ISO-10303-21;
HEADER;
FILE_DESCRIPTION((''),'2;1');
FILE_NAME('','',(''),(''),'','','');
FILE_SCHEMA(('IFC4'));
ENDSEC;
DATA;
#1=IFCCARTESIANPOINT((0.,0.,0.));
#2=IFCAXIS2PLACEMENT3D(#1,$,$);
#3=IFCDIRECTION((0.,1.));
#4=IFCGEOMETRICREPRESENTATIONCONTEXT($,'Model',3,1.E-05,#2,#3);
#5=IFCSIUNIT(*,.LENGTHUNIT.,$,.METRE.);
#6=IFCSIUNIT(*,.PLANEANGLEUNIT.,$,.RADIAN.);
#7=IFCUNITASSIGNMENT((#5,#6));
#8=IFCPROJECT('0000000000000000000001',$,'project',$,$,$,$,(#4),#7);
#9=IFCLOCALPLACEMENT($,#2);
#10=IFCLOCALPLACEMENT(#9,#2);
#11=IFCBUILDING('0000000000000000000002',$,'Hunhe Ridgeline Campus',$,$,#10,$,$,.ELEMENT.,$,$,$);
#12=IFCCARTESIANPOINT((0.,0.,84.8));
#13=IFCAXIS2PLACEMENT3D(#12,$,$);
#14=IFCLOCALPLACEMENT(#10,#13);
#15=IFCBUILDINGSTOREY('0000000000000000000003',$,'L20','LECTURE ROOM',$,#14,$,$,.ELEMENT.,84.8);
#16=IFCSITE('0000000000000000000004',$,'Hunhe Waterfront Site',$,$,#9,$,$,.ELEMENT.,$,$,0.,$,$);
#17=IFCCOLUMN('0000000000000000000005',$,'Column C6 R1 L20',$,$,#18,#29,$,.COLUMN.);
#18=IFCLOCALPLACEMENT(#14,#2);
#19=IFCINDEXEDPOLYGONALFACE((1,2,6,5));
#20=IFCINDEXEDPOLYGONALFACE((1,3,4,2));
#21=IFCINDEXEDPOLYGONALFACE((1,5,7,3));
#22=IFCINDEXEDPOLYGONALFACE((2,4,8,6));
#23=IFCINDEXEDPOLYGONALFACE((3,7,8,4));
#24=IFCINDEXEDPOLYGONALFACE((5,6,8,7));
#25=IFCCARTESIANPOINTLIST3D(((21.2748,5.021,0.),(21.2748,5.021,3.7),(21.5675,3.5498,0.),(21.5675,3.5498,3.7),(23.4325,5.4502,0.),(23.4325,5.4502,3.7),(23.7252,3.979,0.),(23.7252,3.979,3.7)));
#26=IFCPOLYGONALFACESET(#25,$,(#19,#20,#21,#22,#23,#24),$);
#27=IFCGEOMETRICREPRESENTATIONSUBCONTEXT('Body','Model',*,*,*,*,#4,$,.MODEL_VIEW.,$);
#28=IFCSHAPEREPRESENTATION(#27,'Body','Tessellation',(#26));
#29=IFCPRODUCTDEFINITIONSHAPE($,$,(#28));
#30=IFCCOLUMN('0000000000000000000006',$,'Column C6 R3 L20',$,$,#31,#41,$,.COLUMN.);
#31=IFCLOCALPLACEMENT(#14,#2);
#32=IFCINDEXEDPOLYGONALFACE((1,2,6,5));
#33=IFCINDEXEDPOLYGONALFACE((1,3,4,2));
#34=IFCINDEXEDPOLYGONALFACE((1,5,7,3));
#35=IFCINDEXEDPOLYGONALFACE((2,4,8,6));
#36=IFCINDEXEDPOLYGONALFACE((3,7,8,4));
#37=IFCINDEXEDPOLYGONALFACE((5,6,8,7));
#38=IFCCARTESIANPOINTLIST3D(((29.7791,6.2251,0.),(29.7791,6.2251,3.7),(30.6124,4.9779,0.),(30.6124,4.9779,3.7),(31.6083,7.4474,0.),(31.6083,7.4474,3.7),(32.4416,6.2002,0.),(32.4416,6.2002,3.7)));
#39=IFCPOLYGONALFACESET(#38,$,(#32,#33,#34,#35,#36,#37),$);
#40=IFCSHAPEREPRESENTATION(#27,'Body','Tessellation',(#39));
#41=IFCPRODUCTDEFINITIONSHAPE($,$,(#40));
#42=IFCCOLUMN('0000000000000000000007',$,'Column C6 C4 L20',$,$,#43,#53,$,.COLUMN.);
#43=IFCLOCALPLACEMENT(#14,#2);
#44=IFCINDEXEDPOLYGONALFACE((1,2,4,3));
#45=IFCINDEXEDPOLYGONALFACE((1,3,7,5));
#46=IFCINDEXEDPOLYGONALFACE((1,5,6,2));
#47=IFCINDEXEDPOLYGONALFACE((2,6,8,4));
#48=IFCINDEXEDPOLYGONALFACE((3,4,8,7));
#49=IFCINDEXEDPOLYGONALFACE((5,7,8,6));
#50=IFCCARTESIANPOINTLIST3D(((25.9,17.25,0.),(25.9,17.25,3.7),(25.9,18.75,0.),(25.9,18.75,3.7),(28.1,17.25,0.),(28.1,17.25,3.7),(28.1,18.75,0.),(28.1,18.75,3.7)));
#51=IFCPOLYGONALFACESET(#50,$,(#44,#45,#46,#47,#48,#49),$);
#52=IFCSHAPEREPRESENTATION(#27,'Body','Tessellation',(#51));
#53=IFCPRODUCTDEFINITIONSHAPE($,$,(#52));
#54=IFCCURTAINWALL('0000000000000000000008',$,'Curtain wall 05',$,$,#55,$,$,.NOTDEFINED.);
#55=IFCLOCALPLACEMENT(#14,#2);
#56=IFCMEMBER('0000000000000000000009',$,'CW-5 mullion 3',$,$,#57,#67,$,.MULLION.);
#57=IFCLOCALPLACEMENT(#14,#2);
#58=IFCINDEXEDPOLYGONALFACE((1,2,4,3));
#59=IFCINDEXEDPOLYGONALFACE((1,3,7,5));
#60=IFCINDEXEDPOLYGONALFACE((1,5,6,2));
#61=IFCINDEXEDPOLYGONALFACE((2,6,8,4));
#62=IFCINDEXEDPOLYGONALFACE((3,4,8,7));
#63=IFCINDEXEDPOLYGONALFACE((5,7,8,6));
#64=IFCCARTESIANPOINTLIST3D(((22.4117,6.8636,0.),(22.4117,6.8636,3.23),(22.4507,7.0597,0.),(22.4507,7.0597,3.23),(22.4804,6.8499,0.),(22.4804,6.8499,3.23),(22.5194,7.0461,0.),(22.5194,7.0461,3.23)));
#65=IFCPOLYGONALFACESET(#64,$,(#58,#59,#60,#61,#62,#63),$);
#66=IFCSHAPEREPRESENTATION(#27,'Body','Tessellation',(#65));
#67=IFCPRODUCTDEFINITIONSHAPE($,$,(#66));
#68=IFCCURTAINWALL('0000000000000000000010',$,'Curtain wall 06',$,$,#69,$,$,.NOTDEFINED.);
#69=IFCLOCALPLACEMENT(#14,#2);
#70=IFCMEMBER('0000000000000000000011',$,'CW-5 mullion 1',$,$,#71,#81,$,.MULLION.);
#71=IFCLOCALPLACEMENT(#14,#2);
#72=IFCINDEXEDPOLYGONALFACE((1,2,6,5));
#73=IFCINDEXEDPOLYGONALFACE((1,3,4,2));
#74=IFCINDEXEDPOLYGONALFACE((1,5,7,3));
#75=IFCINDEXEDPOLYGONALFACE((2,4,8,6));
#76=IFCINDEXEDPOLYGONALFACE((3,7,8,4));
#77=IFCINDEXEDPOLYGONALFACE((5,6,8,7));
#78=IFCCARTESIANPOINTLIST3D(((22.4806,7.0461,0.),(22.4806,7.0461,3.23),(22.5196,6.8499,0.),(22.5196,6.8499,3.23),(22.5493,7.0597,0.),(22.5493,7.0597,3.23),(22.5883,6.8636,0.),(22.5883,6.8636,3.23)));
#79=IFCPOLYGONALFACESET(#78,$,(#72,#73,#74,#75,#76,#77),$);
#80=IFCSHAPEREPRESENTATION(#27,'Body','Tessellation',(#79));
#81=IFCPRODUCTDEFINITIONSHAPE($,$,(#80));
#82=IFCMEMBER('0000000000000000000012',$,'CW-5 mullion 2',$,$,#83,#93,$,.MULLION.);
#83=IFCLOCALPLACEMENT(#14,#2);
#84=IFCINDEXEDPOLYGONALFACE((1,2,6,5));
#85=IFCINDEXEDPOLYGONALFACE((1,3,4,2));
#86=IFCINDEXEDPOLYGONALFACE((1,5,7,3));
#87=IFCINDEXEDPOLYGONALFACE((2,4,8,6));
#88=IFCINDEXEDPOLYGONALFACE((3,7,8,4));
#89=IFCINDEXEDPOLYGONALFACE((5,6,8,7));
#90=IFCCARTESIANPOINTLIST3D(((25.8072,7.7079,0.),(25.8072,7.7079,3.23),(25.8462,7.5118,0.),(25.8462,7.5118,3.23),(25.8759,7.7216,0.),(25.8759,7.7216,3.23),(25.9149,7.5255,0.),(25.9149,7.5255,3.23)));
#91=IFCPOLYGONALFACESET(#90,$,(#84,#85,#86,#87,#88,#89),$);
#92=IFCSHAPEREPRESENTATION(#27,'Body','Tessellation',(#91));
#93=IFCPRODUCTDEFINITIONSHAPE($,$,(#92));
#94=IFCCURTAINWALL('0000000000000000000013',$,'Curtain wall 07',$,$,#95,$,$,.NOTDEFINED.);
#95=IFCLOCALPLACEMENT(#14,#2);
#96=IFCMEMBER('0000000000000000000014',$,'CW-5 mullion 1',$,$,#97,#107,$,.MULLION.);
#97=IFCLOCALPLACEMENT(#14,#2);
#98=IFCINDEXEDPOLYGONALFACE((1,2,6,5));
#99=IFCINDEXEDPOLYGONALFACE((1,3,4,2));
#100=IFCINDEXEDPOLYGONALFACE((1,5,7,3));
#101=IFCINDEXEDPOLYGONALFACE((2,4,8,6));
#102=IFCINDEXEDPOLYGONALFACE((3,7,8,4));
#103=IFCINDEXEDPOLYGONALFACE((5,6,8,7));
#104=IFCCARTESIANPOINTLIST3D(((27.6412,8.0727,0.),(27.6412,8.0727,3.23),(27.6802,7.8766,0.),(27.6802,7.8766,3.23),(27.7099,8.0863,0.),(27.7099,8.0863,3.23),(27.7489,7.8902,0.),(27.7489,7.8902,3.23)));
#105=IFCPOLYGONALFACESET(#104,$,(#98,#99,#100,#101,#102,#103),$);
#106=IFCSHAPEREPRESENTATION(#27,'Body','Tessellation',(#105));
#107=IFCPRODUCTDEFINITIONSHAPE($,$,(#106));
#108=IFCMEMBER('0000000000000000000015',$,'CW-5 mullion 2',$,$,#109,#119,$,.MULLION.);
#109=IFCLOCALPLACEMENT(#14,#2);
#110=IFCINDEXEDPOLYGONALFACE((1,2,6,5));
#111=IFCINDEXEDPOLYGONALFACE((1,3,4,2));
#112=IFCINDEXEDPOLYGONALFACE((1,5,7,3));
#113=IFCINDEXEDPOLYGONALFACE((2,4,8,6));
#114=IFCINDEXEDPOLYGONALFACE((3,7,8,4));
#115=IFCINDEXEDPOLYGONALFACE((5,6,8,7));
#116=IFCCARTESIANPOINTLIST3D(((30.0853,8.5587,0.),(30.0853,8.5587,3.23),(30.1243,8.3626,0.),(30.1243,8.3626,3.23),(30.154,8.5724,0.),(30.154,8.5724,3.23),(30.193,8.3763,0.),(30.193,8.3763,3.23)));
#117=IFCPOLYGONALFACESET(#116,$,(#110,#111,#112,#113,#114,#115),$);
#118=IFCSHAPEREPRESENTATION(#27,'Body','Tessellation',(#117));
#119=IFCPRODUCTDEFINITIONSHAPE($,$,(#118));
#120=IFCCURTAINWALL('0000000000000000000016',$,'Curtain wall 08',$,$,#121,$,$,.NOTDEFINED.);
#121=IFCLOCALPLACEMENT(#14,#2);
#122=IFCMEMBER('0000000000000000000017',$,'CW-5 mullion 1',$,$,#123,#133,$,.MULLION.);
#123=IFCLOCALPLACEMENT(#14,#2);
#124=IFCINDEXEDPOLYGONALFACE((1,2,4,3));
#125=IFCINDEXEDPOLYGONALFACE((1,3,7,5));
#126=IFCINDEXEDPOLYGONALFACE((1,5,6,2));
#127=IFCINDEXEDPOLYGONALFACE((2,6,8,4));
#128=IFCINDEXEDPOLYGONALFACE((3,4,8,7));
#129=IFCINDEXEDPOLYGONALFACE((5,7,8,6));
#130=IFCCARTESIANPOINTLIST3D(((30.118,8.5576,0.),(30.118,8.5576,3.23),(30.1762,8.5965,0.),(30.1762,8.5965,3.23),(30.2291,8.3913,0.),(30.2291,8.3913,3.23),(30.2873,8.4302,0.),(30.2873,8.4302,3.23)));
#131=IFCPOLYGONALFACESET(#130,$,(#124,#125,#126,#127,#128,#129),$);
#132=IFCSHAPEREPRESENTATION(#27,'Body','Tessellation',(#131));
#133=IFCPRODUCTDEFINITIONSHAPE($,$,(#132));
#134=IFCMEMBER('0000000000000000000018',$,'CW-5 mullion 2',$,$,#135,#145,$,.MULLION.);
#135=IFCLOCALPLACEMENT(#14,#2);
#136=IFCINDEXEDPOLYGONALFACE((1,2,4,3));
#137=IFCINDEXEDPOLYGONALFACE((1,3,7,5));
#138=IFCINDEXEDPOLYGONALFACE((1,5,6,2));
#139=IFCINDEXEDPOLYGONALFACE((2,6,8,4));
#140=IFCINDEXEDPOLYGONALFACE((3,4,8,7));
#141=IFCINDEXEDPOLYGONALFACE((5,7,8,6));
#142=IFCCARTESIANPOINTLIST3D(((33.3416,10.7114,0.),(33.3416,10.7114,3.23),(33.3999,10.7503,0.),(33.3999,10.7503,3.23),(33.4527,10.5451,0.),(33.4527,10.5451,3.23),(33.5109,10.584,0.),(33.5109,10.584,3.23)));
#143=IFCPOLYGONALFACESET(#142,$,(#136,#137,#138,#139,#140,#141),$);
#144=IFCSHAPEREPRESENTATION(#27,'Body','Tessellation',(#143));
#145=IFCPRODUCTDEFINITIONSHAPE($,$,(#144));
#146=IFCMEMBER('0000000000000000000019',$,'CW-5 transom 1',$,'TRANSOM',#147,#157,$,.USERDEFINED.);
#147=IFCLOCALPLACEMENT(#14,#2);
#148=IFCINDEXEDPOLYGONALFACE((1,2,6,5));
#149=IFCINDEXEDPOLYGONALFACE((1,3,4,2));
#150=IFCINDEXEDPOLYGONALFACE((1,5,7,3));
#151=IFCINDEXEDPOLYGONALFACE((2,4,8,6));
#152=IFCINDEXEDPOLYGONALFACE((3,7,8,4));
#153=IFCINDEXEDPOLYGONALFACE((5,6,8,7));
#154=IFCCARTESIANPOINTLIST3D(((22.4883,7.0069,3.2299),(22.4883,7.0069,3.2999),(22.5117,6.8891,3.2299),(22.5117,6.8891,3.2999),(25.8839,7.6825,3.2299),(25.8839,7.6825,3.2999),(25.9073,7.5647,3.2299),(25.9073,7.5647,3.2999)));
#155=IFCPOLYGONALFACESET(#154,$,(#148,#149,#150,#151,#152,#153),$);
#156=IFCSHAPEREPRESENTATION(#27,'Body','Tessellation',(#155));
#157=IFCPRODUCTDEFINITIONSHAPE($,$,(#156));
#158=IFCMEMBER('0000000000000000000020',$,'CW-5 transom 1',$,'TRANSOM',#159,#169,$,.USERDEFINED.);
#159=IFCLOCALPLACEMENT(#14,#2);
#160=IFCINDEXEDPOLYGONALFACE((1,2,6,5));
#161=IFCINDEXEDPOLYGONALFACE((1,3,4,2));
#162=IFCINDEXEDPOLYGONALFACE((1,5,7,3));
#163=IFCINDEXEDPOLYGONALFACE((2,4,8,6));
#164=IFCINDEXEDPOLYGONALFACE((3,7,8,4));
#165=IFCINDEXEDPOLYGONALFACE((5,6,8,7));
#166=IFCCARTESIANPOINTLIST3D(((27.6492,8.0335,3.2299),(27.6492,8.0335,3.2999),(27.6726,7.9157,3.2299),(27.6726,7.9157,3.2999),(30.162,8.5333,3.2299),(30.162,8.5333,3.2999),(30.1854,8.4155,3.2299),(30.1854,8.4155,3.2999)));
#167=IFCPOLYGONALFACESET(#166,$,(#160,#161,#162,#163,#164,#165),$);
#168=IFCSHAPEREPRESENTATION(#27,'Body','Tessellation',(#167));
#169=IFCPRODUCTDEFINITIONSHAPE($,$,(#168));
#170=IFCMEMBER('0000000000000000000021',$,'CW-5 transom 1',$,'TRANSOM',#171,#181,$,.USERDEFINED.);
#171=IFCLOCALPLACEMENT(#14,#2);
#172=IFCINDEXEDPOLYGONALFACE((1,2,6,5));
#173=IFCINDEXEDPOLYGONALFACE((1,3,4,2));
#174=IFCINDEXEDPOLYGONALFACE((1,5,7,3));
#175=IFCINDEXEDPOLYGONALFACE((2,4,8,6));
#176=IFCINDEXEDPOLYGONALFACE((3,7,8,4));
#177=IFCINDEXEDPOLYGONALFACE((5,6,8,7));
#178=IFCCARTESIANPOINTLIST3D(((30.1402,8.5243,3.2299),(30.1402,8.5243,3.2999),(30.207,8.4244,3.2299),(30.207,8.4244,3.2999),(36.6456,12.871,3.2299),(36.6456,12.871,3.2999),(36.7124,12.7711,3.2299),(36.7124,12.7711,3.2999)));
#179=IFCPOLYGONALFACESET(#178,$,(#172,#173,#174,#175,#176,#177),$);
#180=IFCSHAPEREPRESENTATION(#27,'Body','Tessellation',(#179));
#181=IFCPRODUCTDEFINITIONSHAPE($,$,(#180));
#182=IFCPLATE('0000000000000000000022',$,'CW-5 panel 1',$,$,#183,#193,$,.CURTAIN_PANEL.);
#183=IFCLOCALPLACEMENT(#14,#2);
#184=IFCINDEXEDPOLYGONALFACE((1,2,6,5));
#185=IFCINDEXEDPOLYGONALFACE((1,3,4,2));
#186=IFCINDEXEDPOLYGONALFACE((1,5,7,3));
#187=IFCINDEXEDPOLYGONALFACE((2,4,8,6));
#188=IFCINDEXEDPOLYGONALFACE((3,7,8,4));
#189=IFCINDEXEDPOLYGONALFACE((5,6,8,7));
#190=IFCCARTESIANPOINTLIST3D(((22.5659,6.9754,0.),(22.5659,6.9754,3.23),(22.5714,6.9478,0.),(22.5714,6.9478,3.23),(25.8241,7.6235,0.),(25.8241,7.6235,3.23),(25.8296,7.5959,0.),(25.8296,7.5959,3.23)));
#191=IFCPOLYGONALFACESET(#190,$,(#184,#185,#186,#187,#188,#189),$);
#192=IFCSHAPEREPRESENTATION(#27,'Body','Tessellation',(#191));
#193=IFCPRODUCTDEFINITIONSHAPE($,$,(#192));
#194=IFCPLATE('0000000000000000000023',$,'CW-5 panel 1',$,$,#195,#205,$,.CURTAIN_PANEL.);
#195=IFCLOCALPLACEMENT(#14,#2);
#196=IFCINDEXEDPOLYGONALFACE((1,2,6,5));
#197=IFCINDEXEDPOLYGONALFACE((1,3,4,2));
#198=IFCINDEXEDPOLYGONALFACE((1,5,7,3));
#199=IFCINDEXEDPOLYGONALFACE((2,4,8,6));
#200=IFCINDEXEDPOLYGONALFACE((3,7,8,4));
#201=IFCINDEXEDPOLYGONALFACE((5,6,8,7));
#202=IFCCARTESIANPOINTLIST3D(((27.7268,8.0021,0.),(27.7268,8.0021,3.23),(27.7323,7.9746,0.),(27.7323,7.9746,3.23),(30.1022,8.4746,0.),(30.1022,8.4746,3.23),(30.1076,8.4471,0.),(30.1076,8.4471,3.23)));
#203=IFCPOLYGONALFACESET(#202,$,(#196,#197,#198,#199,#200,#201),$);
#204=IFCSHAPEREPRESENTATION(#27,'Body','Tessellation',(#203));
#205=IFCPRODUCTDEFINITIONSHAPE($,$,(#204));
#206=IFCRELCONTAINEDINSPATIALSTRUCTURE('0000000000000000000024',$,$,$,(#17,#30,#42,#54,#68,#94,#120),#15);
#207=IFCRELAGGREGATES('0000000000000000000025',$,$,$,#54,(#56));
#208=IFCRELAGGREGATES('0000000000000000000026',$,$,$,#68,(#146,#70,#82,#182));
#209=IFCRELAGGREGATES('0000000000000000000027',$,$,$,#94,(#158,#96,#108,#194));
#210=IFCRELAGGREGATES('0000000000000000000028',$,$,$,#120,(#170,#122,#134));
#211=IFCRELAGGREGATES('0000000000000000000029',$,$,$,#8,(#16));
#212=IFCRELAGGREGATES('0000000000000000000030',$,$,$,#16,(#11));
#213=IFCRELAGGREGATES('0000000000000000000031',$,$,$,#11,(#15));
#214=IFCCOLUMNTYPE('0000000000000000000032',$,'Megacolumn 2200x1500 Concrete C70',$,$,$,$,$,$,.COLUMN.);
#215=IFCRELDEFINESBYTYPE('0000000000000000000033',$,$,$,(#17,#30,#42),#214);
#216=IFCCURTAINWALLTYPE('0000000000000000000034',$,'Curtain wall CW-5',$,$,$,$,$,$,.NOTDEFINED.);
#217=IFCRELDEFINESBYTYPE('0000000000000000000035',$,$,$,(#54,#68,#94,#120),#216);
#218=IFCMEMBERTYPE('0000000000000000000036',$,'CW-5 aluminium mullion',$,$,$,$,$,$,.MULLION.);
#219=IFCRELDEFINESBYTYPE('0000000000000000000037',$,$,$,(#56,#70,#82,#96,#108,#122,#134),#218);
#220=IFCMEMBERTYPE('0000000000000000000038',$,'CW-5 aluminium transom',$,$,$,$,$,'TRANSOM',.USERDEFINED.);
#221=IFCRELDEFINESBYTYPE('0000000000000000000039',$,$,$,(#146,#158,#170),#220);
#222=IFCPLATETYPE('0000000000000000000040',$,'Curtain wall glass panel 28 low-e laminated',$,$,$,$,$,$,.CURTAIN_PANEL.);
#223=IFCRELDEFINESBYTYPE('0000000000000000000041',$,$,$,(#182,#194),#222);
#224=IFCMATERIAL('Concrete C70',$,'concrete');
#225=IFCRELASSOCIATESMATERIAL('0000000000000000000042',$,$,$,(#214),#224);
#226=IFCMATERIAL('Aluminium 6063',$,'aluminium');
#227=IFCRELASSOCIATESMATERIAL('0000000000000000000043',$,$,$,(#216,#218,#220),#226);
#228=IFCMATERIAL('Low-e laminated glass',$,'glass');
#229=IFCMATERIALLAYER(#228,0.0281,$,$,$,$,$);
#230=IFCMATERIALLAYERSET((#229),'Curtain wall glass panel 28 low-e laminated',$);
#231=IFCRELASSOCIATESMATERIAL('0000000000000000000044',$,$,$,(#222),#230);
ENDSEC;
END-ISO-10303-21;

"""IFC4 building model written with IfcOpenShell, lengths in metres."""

from ifc_helpers import new_model, si_unit, direction, frame, origin, origin_2d, place, context, subcontext, project, spatial, rectangle, extrude, material, layer, layer_set, material_profile, profile_set, type_object, element, aggregate, save


model = new_model("IFC4")

# Units and contexts
model_context = context("Model", 3, precision=1e-05, world=origin(), true_north=direction((0.0, 1.0)))
body_context = subcontext(model_context, "Body", "Model", "MODEL_VIEW")
ifc_project = project(units=[si_unit("LENGTHUNIT", "METRE"), si_unit("PLANEANGLEUNIT", "RADIAN")], contexts=[model_context])

# Site, building, storey
site_placement = place(None, origin())
site = spatial("IfcSite", under=ifc_project, at=site_placement, Name="Hunhe Waterfront Site", CompositionType="ELEMENT", RefElevation=0.0)
building_placement = place(site_placement, origin())
building = spatial("IfcBuilding", under=site, at=building_placement, Name="Hunhe Ridgeline Campus", CompositionType="ELEMENT")
storey_placement = place(building_placement, frame((0.0, 0.0, 84.8)))
storey = spatial("IfcBuildingStorey", under=building, at=storey_placement, Name="L20", Description="LECTURE ROOM", CompositionType="ELEMENT", Elevation=84.8)

# Columns
ifc_material_1 = material(Name="Concrete C70", Category="concrete")
ifc_material_profile_1 = material_profile(ifc_material_1, rectangle(XDim=2.2, YDim=1.5, at=origin_2d()))
ifc_profile_set_1 = profile_set([ifc_material_profile_1], Name="Concrete C70")
column_type = type_object("IfcColumnType", Name="Megacolumn 2200x1500 Concrete C70", PredefinedType="COLUMN", material=ifc_profile_set_1)
for number, where, z_axis, x_axis, name in (
    (1, (22.5, 4.5, 0.0), (0.0, 0.0, 1.0), (0.980785, 0.19509, 0.0), "Column C6 R1 L20"),
    (2, (31.1104, 6.2126, 0.0), (0.0, 0.0, 1.0), (0.83147, 0.55557, 0.0), "Column C6 R3 L20"),
    (3, (27.0, 18.0, 0.0), (0.0, 0.0, 1.0), (1.0, 0.0, 0.0), "Column C6 C4 L20"),
):
    element("IfcColumn", number, at=place(storey_placement, frame(where, z_axis=z_axis, x_axis=x_axis)), inside=storey, type_object=column_type, Name=name, PredefinedType="COLUMN", context=body_context, shape_type="SweptSolid", body=[
        extrude(rectangle(XDim=2.2, YDim=1.5, at=origin_2d()), origin(), (0.0, 0.0, 1.0), 3.7),
    ])

# Curtain wall, member
ifc_material_2 = material(Name="Aluminium 6063", Category="aluminium")
curtain_wall_type = type_object("IfcCurtainWallType", Name="Curtain wall CW-5", PredefinedType="NOTDEFINED", material=ifc_material_2)
curtain_wall_1_placement = place(storey_placement, origin())
curtain_wall_1 = element("IfcCurtainWall", 4, at=curtain_wall_1_placement, inside=storey, type_object=curtain_wall_type, Name="Curtain wall 05", PredefinedType="NOTDEFINED")
ifc_material_profile_2 = material_profile(ifc_material_2, rectangle(XDim=0.2, YDim=0.0701, at=origin_2d()))
ifc_profile_set_2 = profile_set([ifc_material_profile_2], Name="Aluminium 6063")
member_type_1 = type_object("IfcMemberType", Name="CW-5 aluminium mullion", PredefinedType="MULLION", material=ifc_profile_set_2)
member_1_placement = place(storey_placement, frame((22.4656, 6.9548, 0.0), z_axis=(0.0, 0.0, 1.0), x_axis=(0.19509, 0.980785, 0.0)))
member_1 = element("IfcMember", 5, at=member_1_placement, type_object=member_type_1, Name="CW-5 mullion 3", PredefinedType="MULLION", context=body_context, shape_type="SweptSolid", body=[
    extrude(rectangle(XDim=0.2, YDim=0.0701, at=origin_2d()), origin(), (0.0, 0.0, 1.0), 3.23),
])
aggregate(curtain_wall_1, [member_1])

# Curtain walls, members
curtain_wall_2_placement = place(storey_placement, origin())
curtain_wall_2 = element("IfcCurtainWall", 6, at=curtain_wall_2_placement, inside=storey, type_object=curtain_wall_type, Name="Curtain wall 06", PredefinedType="NOTDEFINED")
member_2_placement = place(storey_placement, frame((22.5344, 6.9548, 0.0), z_axis=(0.0, 0.0, 1.0), x_axis=(-0.19509, 0.980785, 0.0)))
member_2 = element("IfcMember", 7, at=member_2_placement, type_object=member_type_1, Name="CW-5 mullion 1", PredefinedType="MULLION", context=body_context, shape_type="SweptSolid", body=[
    extrude(rectangle(XDim=0.2, YDim=0.0701, at=origin_2d()), origin(), (0.0, 0.0, 1.0), 3.23),
])
member_3_placement = place(storey_placement, frame((25.8611, 7.6167, 0.0), z_axis=(0.0, 0.0, 1.0), x_axis=(-0.19509, 0.980785, 0.0)))
member_3 = element("IfcMember", 8, at=member_3_placement, type_object=member_type_1, Name="CW-5 mullion 2", PredefinedType="MULLION", context=body_context, shape_type="SweptSolid", body=[
    extrude(rectangle(XDim=0.2, YDim=0.0701, at=origin_2d()), origin(), (0.0, 0.0, 1.0), 3.23),
])
curtain_wall_3_placement = place(storey_placement, origin())
curtain_wall_3 = element("IfcCurtainWall", 9, at=curtain_wall_3_placement, inside=storey, type_object=curtain_wall_type, Name="Curtain wall 07", PredefinedType="NOTDEFINED")
member_4_placement = place(storey_placement, frame((27.6951, 7.9814, 0.0), z_axis=(0.0, 0.0, 1.0), x_axis=(-0.195091, 0.980785, 0.0)))
member_4 = element("IfcMember", 10, at=member_4_placement, type_object=member_type_1, Name="CW-5 mullion 1", PredefinedType="MULLION", context=body_context, shape_type="SweptSolid", body=[
    extrude(rectangle(XDim=0.2, YDim=0.0701, at=origin_2d()), origin(), (0.0, 0.0, 1.0), 3.23),
])
member_5_placement = place(storey_placement, frame((30.1392, 8.4675, 0.0), z_axis=(0.0, 0.0, 1.0), x_axis=(-0.195091, 0.980785, 0.0)))
member_5 = element("IfcMember", 11, at=member_5_placement, type_object=member_type_1, Name="CW-5 mullion 2", PredefinedType="MULLION", context=body_context, shape_type="SweptSolid", body=[
    extrude(rectangle(XDim=0.2, YDim=0.0701, at=origin_2d()), origin(), (0.0, 0.0, 1.0), 3.23),
])
curtain_wall_4_placement = place(storey_placement, origin())
curtain_wall_4 = element("IfcCurtainWall", 12, at=curtain_wall_4_placement, inside=storey, type_object=curtain_wall_type, Name="Curtain wall 08", PredefinedType="NOTDEFINED")
member_6_placement = place(storey_placement, frame((30.2026, 8.4939, 0.0), z_axis=(0.0, 0.0, 1.0), x_axis=(-0.55557, 0.83147, 0.0)))
member_6 = element("IfcMember", 13, at=member_6_placement, type_object=member_type_1, Name="CW-5 mullion 1", PredefinedType="MULLION", context=body_context, shape_type="SweptSolid", body=[
    extrude(rectangle(XDim=0.2, YDim=0.0701, at=origin_2d()), origin(), (0.0, 0.0, 1.0), 3.23),
])
member_7_placement = place(storey_placement, frame((33.4263, 10.6477, 0.0), z_axis=(0.0, 0.0, 1.0), x_axis=(-0.55557, 0.83147, 0.0)))
member_7 = element("IfcMember", 14, at=member_7_placement, type_object=member_type_1, Name="CW-5 mullion 2", PredefinedType="MULLION", context=body_context, shape_type="SweptSolid", body=[
    extrude(rectangle(XDim=0.2, YDim=0.0701, at=origin_2d()), origin(), (0.0, 0.0, 1.0), 3.23),
])

# Members
ifc_material_profile_3 = material_profile(ifc_material_2, rectangle(XDim=0.1201, YDim=0.0701, at=origin_2d()))
ifc_profile_set_3 = profile_set([ifc_material_profile_3], Name="Aluminium 6063")
member_type_2 = type_object("IfcMemberType", Name="CW-5 aluminium transom", ElementType="TRANSOM", PredefinedType="USERDEFINED", material=ifc_profile_set_3)
member_8_placement = place(storey_placement, frame((22.5, 6.948, 3.2649), z_axis=(0.980778, 0.195126, 0.0), x_axis=(-0.195126, 0.980778, 0.0)))
member_8 = element("IfcMember", 15, at=member_8_placement, type_object=member_type_2, Name="CW-5 transom 1", ObjectType="TRANSOM", PredefinedType="USERDEFINED", context=body_context, shape_type="SweptSolid", body=[
    extrude(rectangle(XDim=0.1201, YDim=0.0701, at=origin_2d()), origin(), (0.0, 0.0, 1.0), 3.4622),
])
member_9_placement = place(storey_placement, frame((27.6609, 7.9746, 3.2649), z_axis=(0.980789, 0.195071, 0.0), x_axis=(-0.195071, 0.980789, 0.0)))
member_9 = element("IfcMember", 16, at=member_9_placement, type_object=member_type_2, Name="CW-5 transom 1", ObjectType="TRANSOM", PredefinedType="USERDEFINED", context=body_context, shape_type="SweptSolid", body=[
    extrude(rectangle(XDim=0.1201, YDim=0.0701, at=origin_2d()), origin(), (0.0, 0.0, 1.0), 2.562),
])
member_10_placement = place(storey_placement, frame((30.1736, 8.4744, 3.2649), z_axis=(0.831474, 0.555564, 0.0), x_axis=(-0.555564, 0.831474, 0.0)))
member_10 = element("IfcMember", 17, at=member_10_placement, type_object=member_type_2, Name="CW-5 transom 1", ObjectType="TRANSOM", PredefinedType="USERDEFINED", context=body_context, shape_type="SweptSolid", body=[
    extrude(rectangle(XDim=0.1201, YDim=0.0701, at=origin_2d()), origin(), (0.0, 0.0, 1.0), 7.824),
])

# Plates
ifc_material_3 = material(Name="Low-e laminated glass", Category="glass")
ifc_layer_1 = layer(ifc_material_3, 0.0281)
ifc_layer_set_1 = layer_set([ifc_layer_1], Name="Curtain wall glass panel 28 low-e laminated")
plate_type = type_object("IfcPlateType", Name="Curtain wall glass panel 28 low-e laminated", PredefinedType="CURTAIN_PANEL", material=ifc_layer_set_1)
plate_1_placement = place(storey_placement, frame((24.1978, 7.2856, 0.0), z_axis=(0.0, 0.0, 1.0), x_axis=(0.980785, 0.19509, 0.0)))
plate_1 = element("IfcPlate", 18, at=plate_1_placement, type_object=plate_type, Name="CW-5 panel 1", PredefinedType="CURTAIN_PANEL", context=body_context, shape_type="SweptSolid", body=[
    extrude(rectangle(XDim=3.322, YDim=0.0281, at=origin_2d()), origin(), (0.0, 0.0, 1.0), 3.23),
])
aggregate(curtain_wall_2, [member_8, member_2, member_3, plate_1])
plate_2_placement = place(storey_placement, frame((28.9172, 8.2246, 0.0), z_axis=(0.0, 0.0, 1.0), x_axis=(0.980785, 0.195091, 0.0)))
plate_2 = element("IfcPlate", 19, at=plate_2_placement, type_object=plate_type, Name="CW-5 panel 1", PredefinedType="CURTAIN_PANEL", context=body_context, shape_type="SweptSolid", body=[
    extrude(rectangle(XDim=2.4219, YDim=0.0281, at=origin_2d()), origin(), (0.0, 0.0, 1.0), 3.23),
])
aggregate(curtain_wall_3, [member_9, member_4, member_5, plate_2])
aggregate(curtain_wall_4, [member_10, member_6, member_7])

save(model, "model.ifc")
